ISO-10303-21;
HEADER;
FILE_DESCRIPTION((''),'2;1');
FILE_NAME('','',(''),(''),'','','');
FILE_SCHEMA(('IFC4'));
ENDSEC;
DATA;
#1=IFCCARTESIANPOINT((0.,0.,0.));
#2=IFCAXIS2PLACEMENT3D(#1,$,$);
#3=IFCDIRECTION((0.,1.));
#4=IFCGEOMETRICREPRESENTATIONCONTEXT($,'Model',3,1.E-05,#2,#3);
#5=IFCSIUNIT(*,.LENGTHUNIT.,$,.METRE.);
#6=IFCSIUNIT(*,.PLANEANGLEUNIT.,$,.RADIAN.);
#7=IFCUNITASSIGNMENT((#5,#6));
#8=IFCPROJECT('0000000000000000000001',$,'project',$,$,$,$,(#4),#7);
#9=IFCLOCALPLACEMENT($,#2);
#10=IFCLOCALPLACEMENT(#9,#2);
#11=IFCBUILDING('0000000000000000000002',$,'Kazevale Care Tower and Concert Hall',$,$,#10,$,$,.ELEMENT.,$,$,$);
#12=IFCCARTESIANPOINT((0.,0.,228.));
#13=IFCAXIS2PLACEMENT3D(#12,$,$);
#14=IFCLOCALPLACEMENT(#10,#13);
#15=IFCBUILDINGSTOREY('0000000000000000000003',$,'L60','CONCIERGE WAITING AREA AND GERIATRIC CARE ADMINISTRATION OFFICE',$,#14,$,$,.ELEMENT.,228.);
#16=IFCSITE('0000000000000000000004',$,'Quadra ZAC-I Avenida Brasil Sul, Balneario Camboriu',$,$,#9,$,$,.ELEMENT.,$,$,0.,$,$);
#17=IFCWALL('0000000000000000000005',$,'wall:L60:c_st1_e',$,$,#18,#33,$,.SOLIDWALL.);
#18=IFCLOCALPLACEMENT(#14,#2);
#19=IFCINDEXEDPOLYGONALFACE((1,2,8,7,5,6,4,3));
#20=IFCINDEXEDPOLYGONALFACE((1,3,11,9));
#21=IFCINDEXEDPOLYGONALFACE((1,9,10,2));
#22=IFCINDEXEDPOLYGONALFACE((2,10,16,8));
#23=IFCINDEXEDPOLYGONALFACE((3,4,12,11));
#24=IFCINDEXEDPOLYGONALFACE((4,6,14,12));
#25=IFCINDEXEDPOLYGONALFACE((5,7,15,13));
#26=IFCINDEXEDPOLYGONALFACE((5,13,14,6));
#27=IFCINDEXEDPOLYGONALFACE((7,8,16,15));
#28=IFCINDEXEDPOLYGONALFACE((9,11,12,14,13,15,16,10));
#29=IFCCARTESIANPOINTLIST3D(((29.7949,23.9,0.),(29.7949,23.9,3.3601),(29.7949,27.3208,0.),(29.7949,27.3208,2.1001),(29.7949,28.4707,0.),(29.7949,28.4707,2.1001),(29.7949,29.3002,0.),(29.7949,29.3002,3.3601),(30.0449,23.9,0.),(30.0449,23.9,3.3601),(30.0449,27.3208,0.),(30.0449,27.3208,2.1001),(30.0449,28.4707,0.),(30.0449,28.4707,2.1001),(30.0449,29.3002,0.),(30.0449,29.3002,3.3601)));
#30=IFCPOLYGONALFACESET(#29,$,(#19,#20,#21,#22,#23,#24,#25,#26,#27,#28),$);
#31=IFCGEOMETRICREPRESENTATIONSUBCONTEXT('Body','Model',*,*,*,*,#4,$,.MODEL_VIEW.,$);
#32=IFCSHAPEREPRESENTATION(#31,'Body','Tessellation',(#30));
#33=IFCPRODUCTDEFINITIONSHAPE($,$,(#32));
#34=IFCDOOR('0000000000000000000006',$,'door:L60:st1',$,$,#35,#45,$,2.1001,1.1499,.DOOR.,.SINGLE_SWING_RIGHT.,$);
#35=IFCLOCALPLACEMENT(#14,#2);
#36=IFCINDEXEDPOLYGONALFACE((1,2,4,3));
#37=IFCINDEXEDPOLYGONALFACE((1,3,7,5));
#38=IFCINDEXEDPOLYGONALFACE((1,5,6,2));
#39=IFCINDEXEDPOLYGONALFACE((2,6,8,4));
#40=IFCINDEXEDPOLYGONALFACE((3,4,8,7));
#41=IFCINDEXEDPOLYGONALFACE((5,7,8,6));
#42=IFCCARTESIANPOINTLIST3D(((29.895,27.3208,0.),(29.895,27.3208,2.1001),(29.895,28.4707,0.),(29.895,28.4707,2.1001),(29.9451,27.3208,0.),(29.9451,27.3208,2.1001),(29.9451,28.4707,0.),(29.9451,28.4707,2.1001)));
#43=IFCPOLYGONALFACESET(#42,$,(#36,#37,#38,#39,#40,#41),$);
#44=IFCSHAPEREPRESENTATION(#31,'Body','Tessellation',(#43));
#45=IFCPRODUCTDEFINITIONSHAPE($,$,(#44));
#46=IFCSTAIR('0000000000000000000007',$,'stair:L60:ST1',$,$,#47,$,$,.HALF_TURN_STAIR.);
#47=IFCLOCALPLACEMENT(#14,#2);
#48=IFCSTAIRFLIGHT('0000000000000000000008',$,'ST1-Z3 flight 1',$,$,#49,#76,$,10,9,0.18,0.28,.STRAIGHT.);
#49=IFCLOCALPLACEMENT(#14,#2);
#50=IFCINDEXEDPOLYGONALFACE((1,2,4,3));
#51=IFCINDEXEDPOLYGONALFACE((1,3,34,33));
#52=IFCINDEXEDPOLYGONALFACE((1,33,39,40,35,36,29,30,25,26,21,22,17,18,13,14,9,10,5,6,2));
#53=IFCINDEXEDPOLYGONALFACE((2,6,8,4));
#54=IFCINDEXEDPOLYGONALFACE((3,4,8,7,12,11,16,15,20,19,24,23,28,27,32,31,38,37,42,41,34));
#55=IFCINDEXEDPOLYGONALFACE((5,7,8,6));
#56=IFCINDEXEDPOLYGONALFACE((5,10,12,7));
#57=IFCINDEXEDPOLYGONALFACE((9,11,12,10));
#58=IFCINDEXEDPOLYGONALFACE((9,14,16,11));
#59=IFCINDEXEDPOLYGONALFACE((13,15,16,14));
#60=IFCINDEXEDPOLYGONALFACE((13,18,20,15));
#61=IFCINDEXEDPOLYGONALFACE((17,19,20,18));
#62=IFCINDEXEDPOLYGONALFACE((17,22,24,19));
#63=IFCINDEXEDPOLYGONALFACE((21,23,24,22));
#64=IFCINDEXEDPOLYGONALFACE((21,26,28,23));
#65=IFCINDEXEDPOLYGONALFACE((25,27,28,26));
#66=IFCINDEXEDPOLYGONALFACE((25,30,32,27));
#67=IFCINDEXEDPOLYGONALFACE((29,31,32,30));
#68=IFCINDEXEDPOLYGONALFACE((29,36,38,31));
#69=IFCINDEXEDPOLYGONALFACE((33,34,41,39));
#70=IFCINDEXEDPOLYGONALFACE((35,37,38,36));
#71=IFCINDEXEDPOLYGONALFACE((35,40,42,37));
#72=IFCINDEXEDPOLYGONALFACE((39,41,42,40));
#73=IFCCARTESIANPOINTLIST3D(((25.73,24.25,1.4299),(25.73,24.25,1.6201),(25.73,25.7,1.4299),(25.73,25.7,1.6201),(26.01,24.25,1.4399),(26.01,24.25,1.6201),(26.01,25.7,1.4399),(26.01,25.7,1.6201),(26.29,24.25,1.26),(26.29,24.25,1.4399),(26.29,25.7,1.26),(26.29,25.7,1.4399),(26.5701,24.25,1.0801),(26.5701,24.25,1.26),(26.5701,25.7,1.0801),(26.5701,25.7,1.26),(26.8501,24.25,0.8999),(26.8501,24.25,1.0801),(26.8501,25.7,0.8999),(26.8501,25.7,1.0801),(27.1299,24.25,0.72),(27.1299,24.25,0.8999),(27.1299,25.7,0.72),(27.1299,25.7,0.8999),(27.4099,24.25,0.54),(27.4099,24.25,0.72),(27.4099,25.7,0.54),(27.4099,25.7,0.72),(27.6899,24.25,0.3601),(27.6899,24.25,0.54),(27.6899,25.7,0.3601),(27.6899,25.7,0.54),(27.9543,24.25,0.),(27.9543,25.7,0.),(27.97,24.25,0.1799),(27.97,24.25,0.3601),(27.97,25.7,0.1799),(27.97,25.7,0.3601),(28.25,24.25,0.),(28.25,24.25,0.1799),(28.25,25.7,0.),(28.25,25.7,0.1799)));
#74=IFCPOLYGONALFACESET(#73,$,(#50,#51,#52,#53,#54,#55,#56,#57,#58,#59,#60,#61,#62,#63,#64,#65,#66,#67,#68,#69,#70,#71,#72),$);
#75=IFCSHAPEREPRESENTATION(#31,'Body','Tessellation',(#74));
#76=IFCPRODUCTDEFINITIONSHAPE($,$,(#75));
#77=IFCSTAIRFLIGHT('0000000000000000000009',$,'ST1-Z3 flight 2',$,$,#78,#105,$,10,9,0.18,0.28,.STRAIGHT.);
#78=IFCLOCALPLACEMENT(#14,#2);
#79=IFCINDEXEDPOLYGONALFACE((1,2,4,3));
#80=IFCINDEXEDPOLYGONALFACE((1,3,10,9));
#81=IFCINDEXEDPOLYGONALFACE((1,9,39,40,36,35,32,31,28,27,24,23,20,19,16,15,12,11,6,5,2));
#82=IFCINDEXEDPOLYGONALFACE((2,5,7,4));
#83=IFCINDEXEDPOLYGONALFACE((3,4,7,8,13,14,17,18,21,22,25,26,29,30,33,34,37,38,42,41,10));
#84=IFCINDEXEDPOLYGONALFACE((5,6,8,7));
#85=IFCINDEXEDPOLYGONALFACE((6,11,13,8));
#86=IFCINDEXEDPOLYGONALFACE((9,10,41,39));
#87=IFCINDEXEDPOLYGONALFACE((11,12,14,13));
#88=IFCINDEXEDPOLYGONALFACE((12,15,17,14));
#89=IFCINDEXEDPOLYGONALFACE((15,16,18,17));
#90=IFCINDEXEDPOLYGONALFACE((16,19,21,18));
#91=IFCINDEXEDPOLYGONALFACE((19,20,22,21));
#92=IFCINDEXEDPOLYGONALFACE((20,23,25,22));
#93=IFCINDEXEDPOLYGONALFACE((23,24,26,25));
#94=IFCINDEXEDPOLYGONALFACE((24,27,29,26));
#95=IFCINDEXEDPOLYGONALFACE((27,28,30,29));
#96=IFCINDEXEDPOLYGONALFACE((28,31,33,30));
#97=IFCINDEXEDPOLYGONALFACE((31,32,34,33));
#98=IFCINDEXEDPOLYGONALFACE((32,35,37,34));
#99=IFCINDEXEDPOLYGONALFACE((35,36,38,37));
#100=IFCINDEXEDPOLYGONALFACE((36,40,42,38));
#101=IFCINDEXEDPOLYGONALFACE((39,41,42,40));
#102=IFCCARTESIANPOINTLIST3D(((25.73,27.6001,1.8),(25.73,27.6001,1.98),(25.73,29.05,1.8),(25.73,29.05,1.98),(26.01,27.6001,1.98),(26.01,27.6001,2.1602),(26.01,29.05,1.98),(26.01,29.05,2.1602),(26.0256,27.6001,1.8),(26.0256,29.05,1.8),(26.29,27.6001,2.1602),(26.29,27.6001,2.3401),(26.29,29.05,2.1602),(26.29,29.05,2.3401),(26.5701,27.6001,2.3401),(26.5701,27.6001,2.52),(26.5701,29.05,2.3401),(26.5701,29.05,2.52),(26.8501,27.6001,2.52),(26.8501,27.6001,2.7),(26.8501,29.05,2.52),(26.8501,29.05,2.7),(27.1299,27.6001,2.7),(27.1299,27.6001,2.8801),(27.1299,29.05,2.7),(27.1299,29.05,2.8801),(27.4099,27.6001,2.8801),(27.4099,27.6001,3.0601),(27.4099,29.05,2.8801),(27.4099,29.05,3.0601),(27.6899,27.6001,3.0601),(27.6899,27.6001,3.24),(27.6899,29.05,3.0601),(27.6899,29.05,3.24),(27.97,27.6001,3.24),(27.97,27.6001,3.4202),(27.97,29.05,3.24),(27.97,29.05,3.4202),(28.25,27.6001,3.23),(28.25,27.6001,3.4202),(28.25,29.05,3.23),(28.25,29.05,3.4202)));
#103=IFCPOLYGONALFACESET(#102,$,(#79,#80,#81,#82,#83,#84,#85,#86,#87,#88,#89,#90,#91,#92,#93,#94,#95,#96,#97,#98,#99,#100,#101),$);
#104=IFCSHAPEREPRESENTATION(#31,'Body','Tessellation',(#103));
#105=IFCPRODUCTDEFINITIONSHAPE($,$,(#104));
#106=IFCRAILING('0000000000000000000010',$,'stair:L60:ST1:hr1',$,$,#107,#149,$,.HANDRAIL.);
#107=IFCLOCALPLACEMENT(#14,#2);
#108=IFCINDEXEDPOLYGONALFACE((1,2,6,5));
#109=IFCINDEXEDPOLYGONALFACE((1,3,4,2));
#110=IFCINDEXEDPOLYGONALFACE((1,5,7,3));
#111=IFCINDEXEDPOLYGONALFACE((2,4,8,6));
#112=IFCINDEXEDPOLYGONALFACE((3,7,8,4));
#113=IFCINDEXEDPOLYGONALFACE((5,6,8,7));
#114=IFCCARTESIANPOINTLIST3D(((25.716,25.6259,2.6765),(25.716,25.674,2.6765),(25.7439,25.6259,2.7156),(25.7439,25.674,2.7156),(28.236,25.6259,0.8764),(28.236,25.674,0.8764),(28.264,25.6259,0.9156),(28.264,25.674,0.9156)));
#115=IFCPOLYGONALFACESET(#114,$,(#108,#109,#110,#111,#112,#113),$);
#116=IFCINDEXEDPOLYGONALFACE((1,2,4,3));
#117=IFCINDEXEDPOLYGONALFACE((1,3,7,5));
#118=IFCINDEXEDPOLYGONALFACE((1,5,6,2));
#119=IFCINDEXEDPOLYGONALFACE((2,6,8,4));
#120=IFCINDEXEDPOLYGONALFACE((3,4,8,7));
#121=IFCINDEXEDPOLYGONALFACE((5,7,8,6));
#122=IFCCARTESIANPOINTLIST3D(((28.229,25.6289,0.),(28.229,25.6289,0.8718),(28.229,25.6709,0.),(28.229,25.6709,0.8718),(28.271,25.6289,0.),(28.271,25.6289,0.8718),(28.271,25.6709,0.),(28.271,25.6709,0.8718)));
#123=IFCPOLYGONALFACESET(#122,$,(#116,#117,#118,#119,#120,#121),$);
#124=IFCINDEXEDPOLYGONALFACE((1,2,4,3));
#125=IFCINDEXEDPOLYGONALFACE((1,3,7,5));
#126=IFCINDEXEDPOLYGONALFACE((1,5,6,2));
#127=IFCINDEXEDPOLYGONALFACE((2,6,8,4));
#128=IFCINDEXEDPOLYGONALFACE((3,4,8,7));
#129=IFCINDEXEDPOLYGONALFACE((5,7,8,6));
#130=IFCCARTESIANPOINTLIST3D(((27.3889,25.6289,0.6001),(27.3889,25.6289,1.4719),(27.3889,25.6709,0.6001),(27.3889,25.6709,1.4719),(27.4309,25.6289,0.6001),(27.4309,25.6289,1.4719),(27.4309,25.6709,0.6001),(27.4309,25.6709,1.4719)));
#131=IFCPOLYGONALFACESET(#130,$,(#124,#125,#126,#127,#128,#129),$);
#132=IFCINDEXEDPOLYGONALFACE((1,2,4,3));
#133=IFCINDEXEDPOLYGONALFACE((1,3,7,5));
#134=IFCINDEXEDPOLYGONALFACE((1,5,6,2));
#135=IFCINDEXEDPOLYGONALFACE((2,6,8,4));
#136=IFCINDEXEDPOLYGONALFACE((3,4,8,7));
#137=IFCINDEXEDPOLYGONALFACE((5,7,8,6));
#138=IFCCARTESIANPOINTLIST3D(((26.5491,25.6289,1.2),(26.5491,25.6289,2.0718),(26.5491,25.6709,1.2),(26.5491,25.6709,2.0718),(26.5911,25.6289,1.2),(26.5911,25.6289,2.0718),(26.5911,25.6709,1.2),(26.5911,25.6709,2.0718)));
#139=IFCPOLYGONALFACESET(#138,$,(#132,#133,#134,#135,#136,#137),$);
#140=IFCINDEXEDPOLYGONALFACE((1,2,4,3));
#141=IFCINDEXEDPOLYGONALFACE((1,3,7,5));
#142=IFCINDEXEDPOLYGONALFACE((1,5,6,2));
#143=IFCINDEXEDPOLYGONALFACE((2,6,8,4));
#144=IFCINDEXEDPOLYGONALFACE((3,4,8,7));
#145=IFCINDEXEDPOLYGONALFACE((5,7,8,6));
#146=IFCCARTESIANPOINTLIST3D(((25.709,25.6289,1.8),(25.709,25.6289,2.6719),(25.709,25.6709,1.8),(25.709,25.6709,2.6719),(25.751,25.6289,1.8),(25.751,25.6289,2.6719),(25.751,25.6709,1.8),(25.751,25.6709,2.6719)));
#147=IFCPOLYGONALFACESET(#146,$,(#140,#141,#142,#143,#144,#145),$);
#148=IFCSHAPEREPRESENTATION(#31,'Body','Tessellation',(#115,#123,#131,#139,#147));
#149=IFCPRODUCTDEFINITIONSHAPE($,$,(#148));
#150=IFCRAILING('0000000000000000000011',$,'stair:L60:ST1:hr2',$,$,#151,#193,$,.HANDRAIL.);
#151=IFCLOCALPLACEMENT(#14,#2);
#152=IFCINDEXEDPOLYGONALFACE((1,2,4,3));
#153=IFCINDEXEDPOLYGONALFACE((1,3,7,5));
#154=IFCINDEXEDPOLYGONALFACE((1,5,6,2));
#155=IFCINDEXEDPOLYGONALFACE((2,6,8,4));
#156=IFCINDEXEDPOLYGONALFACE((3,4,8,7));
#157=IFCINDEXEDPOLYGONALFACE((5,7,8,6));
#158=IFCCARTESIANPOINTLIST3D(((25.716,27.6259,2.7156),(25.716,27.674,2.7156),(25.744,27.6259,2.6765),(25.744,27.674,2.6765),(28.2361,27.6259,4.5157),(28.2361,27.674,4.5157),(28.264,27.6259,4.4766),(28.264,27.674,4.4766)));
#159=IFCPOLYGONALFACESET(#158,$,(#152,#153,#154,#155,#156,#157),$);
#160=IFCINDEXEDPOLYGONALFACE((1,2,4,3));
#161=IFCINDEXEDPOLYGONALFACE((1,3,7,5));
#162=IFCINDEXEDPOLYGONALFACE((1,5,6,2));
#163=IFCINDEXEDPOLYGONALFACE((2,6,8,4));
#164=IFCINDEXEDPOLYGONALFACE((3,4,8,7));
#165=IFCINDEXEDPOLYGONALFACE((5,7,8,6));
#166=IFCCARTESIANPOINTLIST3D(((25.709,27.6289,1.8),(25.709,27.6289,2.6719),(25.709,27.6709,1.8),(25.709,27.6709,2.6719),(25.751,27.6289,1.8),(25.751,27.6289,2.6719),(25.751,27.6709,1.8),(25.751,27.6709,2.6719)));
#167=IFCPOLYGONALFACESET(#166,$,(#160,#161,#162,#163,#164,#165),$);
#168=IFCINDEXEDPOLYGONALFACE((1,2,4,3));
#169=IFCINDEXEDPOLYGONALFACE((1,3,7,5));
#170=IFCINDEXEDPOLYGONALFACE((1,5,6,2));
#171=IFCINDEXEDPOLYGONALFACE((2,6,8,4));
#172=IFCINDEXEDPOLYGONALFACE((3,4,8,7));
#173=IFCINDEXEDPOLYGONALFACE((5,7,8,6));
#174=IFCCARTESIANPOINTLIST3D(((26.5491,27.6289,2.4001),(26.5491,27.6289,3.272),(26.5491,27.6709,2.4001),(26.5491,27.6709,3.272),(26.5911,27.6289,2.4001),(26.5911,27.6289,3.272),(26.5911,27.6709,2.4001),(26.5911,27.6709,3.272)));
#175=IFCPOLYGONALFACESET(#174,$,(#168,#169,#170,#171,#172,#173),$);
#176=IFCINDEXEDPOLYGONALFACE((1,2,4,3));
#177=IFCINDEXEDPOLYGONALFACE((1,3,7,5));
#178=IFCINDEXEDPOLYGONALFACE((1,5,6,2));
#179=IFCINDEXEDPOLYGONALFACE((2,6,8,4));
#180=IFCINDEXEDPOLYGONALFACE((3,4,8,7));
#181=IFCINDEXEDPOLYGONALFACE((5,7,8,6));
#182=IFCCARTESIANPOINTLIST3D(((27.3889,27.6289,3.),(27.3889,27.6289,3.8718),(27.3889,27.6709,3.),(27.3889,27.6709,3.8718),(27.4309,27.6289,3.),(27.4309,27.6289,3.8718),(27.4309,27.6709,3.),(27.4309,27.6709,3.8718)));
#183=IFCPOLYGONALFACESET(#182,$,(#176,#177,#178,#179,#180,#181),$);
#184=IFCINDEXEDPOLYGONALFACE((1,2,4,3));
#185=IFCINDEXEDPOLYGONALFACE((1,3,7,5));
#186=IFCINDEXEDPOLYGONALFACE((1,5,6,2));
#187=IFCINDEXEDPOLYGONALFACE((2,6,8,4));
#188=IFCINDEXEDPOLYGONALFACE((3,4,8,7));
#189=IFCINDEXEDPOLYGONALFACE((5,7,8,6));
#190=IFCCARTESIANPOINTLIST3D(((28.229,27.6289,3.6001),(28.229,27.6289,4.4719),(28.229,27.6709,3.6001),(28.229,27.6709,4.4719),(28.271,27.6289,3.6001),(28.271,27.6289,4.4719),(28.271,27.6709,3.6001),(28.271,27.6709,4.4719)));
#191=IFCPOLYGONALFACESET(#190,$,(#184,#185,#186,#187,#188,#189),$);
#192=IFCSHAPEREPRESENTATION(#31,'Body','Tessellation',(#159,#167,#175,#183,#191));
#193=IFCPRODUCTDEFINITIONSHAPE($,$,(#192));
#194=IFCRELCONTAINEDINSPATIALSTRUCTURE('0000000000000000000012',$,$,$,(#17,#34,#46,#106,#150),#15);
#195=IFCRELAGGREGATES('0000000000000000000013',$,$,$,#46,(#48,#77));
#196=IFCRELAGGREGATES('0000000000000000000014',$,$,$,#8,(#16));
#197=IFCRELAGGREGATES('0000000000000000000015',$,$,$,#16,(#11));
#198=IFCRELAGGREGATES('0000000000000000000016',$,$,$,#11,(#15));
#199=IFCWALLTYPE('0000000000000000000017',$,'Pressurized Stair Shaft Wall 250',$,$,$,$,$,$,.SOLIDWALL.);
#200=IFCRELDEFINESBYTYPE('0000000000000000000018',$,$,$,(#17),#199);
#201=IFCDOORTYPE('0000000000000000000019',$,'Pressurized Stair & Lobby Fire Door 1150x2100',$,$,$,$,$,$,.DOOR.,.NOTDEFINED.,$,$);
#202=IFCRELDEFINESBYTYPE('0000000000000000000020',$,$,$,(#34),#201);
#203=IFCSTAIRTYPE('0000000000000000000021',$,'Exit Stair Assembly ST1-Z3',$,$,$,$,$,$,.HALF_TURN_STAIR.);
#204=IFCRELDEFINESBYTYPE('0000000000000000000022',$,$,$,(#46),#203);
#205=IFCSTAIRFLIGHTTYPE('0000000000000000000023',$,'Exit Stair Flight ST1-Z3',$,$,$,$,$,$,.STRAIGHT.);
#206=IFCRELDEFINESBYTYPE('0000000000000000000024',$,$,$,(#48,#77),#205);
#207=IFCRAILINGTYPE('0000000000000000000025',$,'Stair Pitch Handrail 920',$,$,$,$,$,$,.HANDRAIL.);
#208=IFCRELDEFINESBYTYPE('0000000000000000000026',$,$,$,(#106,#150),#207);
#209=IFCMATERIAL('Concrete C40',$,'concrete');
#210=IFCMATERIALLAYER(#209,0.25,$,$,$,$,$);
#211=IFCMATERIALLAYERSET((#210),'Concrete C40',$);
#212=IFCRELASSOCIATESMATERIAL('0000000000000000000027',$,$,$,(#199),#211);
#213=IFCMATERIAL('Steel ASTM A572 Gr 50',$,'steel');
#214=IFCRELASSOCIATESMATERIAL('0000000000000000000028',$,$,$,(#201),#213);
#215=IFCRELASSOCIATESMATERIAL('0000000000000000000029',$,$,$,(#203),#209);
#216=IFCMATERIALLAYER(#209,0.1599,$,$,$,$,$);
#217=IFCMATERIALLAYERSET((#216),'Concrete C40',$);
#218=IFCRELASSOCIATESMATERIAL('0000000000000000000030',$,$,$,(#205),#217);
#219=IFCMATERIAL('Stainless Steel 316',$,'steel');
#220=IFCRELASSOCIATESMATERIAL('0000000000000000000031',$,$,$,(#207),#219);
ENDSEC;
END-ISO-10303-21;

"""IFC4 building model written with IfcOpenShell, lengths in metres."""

from ifc_helpers import new_model, si_unit, direction, frame, frame_2d, origin, origin_2d, place, context, subcontext, project, spatial, polyline, rectangle, outline, extrude, material, layer, layer_set, type_object, element, fill, aggregate, save


model = new_model("IFC4")

# Units and contexts
model_context = context("Model", 3, precision=1e-05, world=origin(), true_north=direction((0.0, 1.0)))
body_context = subcontext(model_context, "Body", "Model", "MODEL_VIEW")
ifc_project = project(units=[si_unit("LENGTHUNIT", "METRE"), si_unit("PLANEANGLEUNIT", "RADIAN")], contexts=[model_context])

# Site, building, storey
site_placement = place(None, origin())
site = spatial("IfcSite", under=ifc_project, at=site_placement, Name="Quadra ZAC-I Avenida Brasil Sul, Balneario Camboriu", CompositionType="ELEMENT", RefElevation=0.0)
building_placement = place(site_placement, origin())
building = spatial("IfcBuilding", under=site, at=building_placement, Name="Kazevale Care Tower and Concert Hall", CompositionType="ELEMENT")
storey_placement = place(building_placement, frame((0.0, 0.0, 228.0)))
storey = spatial("IfcBuildingStorey", under=building, at=storey_placement, Name="L60", Description="CONCIERGE WAITING AREA AND GERIATRIC CARE ADMINISTRATION OFFICE", CompositionType="ELEMENT", Elevation=228.0)

# Shared definitions
ifc_material_1 = material(Name="Steel ASTM A572 Gr 50", Category="steel")

# Shared definitions
ifc_material_2 = material(Name="Concrete C40", Category="concrete")
ifc_material_3 = material(Name="Stainless Steel 316", Category="steel")

# Wall, opening, door
ifc_layer_1 = layer(ifc_material_2, 0.25)
ifc_layer_set_1 = layer_set([ifc_layer_1], Name="Concrete C40")
wall_type_1 = type_object("IfcWallType", Name="Pressurized Stair Shaft Wall 250", PredefinedType="SOLIDWALL", material=ifc_layer_set_1)
wall_1_placement = place(storey_placement, frame((29.9199, 23.8999, 0.0), z_axis=(0.0, 0.0, 1.0), x_axis=(0.0, 1.0, 0.0)))
wall_1 = element("IfcWall", 1, at=wall_1_placement, inside=storey, type_object=wall_type_1, Name="wall:L60:c_st1_e", PredefinedType="SOLIDWALL", context=body_context, shape_type="SweptSolid", body=[
    extrude(rectangle(XDim=5.4001, YDim=0.25, at=frame_2d((2.7002, 0.0))), origin(), (0.0, 0.0, 1.0), 3.3601),
])
opening_1_placement = place(wall_1_placement, frame((3.4209, 0.0, 0.0)))
opening_1 = element("IfcOpeningElement", 2, at=opening_1_placement, cuts=wall_1, PredefinedType="OPENING", context=body_context, shape_type="SweptSolid", body=[
    extrude(rectangle(XDim=1.1499, YDim=2.1001, at=frame_2d((0.575, 1.05))), frame((0.0, 0.135, 0.0), z_axis=(0.0, -1.0, 0.0), x_axis=(1.0, 0.0, 0.0)), (0.0, 0.0, 1.0), 0.27),
])
door_type_1 = type_object("IfcDoorType", Name="Pressurized Stair & Lobby Fire Door 1150x2100", OperationType="NOTDEFINED", PredefinedType="DOOR", material=ifc_material_1)
door_1_placement = place(opening_1_placement, origin())
door_1 = element("IfcDoor", 3, at=door_1_placement, inside=storey, type_object=door_type_1, Name="door:L60:st1", OperationType="SINGLE_SWING_RIGHT", OverallHeight=2.1001, OverallWidth=1.1499, PredefinedType="DOOR", context=body_context, shape_type="SweptSolid", body=[
    extrude(rectangle(XDim=1.1499, YDim=2.1001, at=frame_2d((0.575, 1.05))), frame((0.0, 0.0249, 0.0), z_axis=(0.0, -1.0, 0.0), x_axis=(1.0, 0.0, 0.0)), (0.0, 0.0, 1.0), 0.05),
])
fill(opening_1, door_1)

# Stair, stair flights
stair_type = type_object("IfcStairType", Name="Exit Stair Assembly ST1-Z3", PredefinedType="HALF_TURN_STAIR", material=ifc_material_2)
stair_placement = place(storey_placement, origin())
stair = element("IfcStair", 4, at=stair_placement, inside=storey, type_object=stair_type, Name="stair:L60:ST1", PredefinedType="HALF_TURN_STAIR")
ifc_layer_2 = layer(ifc_material_2, 0.1599)
ifc_layer_set_2 = layer_set([ifc_layer_2], Name="Concrete C40")
stair_flight_type = type_object("IfcStairFlightType", Name="Exit Stair Flight ST1-Z3", PredefinedType="STRAIGHT", material=ifc_layer_set_2)
stair_flight_1_placement = place(storey_placement, frame((28.25, 24.9751, 0.0), z_axis=(0.0, 0.0, 1.0), x_axis=(-1.0, 0.0, 0.0)))
stair_flight_1 = element("IfcStairFlight", 5, at=stair_flight_1_placement, type_object=stair_flight_type, Name="ST1-Z3 flight 1", NumberOfRisers=10, NumberOfTreads=9, PredefinedType="STRAIGHT", RiserHeight=0.18, TreadLength=0.28, context=body_context, shape_type="SweptSolid", body=[
    extrude(outline(polyline([(0.0, 0.0), (0.0, 0.1799), (0.28, 0.1799), (0.28, 0.3601), (0.5601, 0.3601), (0.5601, 0.54), (0.8401, 0.54), (0.8401, 0.72), (1.1201, 0.72), (1.1201, 0.8999), (1.3999, 0.8999), (1.3999, 1.0801), (1.6799, 1.0801), (1.6799, 1.26), (1.96, 1.26), (1.96, 1.4399), (2.24, 1.4399), (2.24, 1.6201), (2.52, 1.6201), (2.52, 1.8), (2.52, 1.4299), (0.2957, 0.0), (0.0, 0.0)])), frame((0.0, 0.7251, 0.0), z_axis=(0.0, -1.0, 0.0), x_axis=(1.0, 0.0, 0.0)), (0.0, 0.0, 1.0), 1.45),
])
stair_flight_2_placement = place(storey_placement, frame((25.73, 28.325, 1.8), z_axis=(0.0, 0.0, 1.0), x_axis=(1.0, 0.0, 0.0)))
stair_flight_2 = element("IfcStairFlight", 6, at=stair_flight_2_placement, type_object=stair_flight_type, Name="ST1-Z3 flight 2", NumberOfRisers=10, NumberOfTreads=9, PredefinedType="STRAIGHT", RiserHeight=0.18, TreadLength=0.28, context=body_context, shape_type="SweptSolid", body=[
    extrude(outline(polyline([(0.0, 0.0), (0.0, 0.1799), (0.28, 0.1799), (0.28, 0.3601), (0.5601, 0.3601), (0.5601, 0.54), (0.8401, 0.54), (0.8401, 0.72), (1.1201, 0.72), (1.1201, 0.8999), (1.3999, 0.8999), (1.3999, 1.0801), (1.6799, 1.0801), (1.6799, 1.26), (1.96, 1.26), (1.96, 1.4399), (2.24, 1.4399), (2.24, 1.6201), (2.52, 1.6201), (2.52, 1.8), (2.52, 1.4299), (0.2957, 0.0), (0.0, 0.0)])), frame((0.0, 0.7251, 0.0), z_axis=(0.0, -1.0, 0.0), x_axis=(1.0, 0.0, 0.0)), (0.0, 0.0, 1.0), 1.45),
])
aggregate(stair, [stair_flight_1, stair_flight_2])

# Railings
railing_type_1 = type_object("IfcRailingType", Name="Stair Pitch Handrail 920", PredefinedType="HANDRAIL", material=ifc_material_3)
railing_1_placement = place(storey_placement, frame((28.25, 25.6499, 0.0)))
element("IfcRailing", 7, at=railing_1_placement, inside=storey, type_object=railing_type_1, Name="stair:L60:ST1:hr1", PredefinedType="HANDRAIL", context=body_context, shape_type="SweptSolid", body=[
    extrude(rectangle(XDim=0.0481, YDim=0.0481, at=origin_2d()), frame((0.0, 0.0, 0.896), z_axis=(-0.813728, 0.0, 0.581246), x_axis=(0.0, -1.0, 0.0)), (0.0, 0.0, 1.0), 3.0969),
    extrude(rectangle(XDim=0.042, YDim=0.042, at=origin_2d()), origin(), (0.0, 0.0, 1.0), 0.8718),
    extrude(rectangle(XDim=0.042, YDim=0.042, at=origin_2d()), frame((-0.8401, 0.0, 0.6001)), (0.0, 0.0, 1.0), 0.8718),
    extrude(rectangle(XDim=0.042, YDim=0.042, at=origin_2d()), frame((-1.6799, 0.0, 1.2)), (0.0, 0.0, 1.0), 0.8718),
    extrude(rectangle(XDim=0.042, YDim=0.042, at=origin_2d()), frame((-2.52, 0.0, 1.8)), (0.0, 0.0, 1.0), 0.8718),
])
railing_2_placement = place(storey_placement, frame((25.73, 27.6499, 1.8)))
element("IfcRailing", 8, at=railing_2_placement, inside=storey, type_object=railing_type_1, Name="stair:L60:ST1:hr2", PredefinedType="HANDRAIL", context=body_context, shape_type="SweptSolid", body=[
    extrude(rectangle(XDim=0.0481, YDim=0.0481, at=origin_2d()), frame((0.0, 0.0, 0.896), z_axis=(0.813728, 0.0, 0.581246), x_axis=(0.0, 1.0, 0.0)), (0.0, 0.0, 1.0), 3.0969),
    extrude(rectangle(XDim=0.042, YDim=0.042, at=origin_2d()), origin(), (0.0, 0.0, 1.0), 0.8718),
    extrude(rectangle(XDim=0.042, YDim=0.042, at=origin_2d()), frame((0.8401, 0.0, 0.6001)), (0.0, 0.0, 1.0), 0.8718),
    extrude(rectangle(XDim=0.042, YDim=0.042, at=origin_2d()), frame((1.6799, 0.0, 1.2)), (0.0, 0.0, 1.0), 0.8718),
    extrude(rectangle(XDim=0.042, YDim=0.042, at=origin_2d()), frame((2.52, 0.0, 1.8)), (0.0, 0.0, 1.0), 0.8718),
])

save(model, "model.ifc")
